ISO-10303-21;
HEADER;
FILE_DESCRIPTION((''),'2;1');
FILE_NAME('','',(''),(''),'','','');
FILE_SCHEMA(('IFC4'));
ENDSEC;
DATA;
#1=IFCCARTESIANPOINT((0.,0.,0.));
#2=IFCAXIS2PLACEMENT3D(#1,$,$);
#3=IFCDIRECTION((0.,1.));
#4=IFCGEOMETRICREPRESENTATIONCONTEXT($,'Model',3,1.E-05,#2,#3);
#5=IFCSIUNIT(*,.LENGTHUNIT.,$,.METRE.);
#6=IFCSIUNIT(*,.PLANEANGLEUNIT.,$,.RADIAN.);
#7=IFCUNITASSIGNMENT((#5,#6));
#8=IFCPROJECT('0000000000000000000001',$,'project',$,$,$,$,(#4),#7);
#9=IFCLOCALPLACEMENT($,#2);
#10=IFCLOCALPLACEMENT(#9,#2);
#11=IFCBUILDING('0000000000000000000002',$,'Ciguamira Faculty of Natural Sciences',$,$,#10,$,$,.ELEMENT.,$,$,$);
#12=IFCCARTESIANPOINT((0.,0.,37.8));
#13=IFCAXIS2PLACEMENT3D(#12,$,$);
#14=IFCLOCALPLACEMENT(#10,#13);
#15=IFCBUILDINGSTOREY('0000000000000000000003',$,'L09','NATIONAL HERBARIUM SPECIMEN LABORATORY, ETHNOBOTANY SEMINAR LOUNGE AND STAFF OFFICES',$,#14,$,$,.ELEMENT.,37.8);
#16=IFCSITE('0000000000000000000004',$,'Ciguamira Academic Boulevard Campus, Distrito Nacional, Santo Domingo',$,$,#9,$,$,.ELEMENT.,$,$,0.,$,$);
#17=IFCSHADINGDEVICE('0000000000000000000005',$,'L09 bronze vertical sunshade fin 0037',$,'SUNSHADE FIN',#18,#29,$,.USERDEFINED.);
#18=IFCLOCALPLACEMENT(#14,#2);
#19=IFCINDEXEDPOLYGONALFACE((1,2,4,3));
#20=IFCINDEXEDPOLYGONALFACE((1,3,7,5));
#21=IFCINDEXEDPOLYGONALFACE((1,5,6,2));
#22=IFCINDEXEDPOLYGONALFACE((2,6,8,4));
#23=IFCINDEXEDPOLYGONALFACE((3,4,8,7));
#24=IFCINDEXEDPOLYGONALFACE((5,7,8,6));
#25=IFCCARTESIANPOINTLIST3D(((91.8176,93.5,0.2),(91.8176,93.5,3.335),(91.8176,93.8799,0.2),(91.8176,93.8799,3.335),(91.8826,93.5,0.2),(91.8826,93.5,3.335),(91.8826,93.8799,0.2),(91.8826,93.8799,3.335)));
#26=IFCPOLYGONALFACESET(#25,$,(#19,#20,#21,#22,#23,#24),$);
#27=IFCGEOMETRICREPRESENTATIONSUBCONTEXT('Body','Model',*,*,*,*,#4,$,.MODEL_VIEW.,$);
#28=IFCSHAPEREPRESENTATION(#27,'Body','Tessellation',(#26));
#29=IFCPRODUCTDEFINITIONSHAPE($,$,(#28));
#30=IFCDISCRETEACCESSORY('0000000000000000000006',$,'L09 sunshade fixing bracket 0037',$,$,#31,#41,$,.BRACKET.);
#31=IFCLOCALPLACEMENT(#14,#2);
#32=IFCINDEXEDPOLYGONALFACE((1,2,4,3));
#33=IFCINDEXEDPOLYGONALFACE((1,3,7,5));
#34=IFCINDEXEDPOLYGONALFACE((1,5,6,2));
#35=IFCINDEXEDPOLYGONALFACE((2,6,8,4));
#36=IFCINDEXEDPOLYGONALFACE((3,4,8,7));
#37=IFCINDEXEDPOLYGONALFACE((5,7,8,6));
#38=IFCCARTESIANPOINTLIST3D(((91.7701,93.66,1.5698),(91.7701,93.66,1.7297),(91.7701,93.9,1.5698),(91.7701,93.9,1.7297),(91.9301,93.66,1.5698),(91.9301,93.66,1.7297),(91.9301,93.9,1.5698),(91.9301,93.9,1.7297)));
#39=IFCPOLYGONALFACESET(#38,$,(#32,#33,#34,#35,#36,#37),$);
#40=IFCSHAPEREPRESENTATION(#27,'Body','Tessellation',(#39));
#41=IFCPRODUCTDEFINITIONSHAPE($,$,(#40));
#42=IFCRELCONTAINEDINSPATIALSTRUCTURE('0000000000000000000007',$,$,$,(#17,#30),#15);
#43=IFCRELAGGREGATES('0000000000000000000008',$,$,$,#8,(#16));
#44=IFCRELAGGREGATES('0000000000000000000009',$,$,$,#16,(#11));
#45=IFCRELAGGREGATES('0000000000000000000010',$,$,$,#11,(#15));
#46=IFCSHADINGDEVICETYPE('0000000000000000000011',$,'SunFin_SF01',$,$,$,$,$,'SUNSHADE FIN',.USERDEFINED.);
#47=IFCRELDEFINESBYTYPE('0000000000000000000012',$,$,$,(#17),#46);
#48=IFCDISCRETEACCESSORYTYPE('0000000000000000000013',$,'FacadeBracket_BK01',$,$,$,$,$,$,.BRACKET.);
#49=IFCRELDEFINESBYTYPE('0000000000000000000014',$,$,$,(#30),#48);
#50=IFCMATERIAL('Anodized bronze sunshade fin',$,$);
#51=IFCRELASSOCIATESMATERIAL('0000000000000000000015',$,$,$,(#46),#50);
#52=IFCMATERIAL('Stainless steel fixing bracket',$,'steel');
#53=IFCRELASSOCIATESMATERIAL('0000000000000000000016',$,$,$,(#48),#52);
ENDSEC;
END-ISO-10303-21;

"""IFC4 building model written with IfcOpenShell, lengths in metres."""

from ifc_helpers import new_model, si_unit, direction, frame, origin, origin_2d, place, context, subcontext, project, spatial, rectangle, extrude, material, material_profile, profile_set, type_object, element, save


model = new_model("IFC4")

# Units and contexts
model_context = context("Model", 3, precision=1e-05, world=origin(), true_north=direction((0.0, 1.0)))
body_context = subcontext(model_context, "Body", "Model", "MODEL_VIEW")
ifc_project = project(units=[si_unit("LENGTHUNIT", "METRE"), si_unit("PLANEANGLEUNIT", "RADIAN")], contexts=[model_context])

# Site, building, storey
site_placement = place(None, origin())
site = spatial("IfcSite", under=ifc_project, at=site_placement, Name="Ciguamira Academic Boulevard Campus, Distrito Nacional, Santo Domingo", CompositionType="ELEMENT", RefElevation=0.0)
building_placement = place(site_placement, origin())
building = spatial("IfcBuilding", under=site, at=building_placement, Name="Ciguamira Faculty of Natural Sciences", CompositionType="ELEMENT")
storey_placement = place(building_placement, frame((0.0, 0.0, 37.8)))
storey = spatial("IfcBuildingStorey", under=building, at=storey_placement, Name="L09", Description="NATIONAL HERBARIUM SPECIMEN LABORATORY, ETHNOBOTANY SEMINAR LOUNGE AND STAFF OFFICES", CompositionType="ELEMENT", Elevation=37.8)

# Shading device
ifc_material_1 = material(Name="Anodized bronze sunshade fin")
ifc_material_profile_1 = material_profile(ifc_material_1, rectangle(XDim=0.0649, YDim=0.3799, at=origin_2d()), Name="BRZ-FIN-65X380")
ifc_profile_set_1 = profile_set([ifc_material_profile_1], Name="Anodized bronze sunshade fin")
shading_device_type = type_object("IfcShadingDeviceType", Name="SunFin_SF01", ElementType="SUNSHADE FIN", PredefinedType="USERDEFINED", material=ifc_profile_set_1)
shading_device_placement = place(storey_placement, frame((91.8501, 93.6899, 0.2), z_axis=(0.0, 0.0, 1.0), x_axis=(1.0, 0.0, 0.0)))
element("IfcShadingDevice", 1, at=shading_device_placement, inside=storey, type_object=shading_device_type, Name="L09 bronze vertical sunshade fin 0037", ObjectType="SUNSHADE FIN", PredefinedType="USERDEFINED", context=body_context, shape_type="SweptSolid", body=[
    extrude(rectangle(XDim=0.0649, YDim=0.3799, at=origin_2d()), origin(), (0.0, 0.0, 1.0), 3.135),
])

# Discrete accessory
ifc_material_2 = material(Name="Stainless steel fixing bracket", Category="steel")
discrete_accessory_type = type_object("IfcDiscreteAccessoryType", Name="FacadeBracket_BK01", PredefinedType="BRACKET", material=ifc_material_2)
discrete_accessory_placement = place(storey_placement, frame((91.8501, 93.78, 1.5698), z_axis=(0.0, 0.0, 1.0), x_axis=(1.0, 0.0, 0.0)))
element("IfcDiscreteAccessory", 2, at=discrete_accessory_placement, inside=storey, type_object=discrete_accessory_type, Name="L09 sunshade fixing bracket 0037", PredefinedType="BRACKET", context=body_context, shape_type="SweptSolid", body=[
    extrude(rectangle(XDim=0.1599, YDim=0.24, at=origin_2d()), origin(), (0.0, 0.0, 1.0), 0.1599),
])

save(model, "model.ifc")
